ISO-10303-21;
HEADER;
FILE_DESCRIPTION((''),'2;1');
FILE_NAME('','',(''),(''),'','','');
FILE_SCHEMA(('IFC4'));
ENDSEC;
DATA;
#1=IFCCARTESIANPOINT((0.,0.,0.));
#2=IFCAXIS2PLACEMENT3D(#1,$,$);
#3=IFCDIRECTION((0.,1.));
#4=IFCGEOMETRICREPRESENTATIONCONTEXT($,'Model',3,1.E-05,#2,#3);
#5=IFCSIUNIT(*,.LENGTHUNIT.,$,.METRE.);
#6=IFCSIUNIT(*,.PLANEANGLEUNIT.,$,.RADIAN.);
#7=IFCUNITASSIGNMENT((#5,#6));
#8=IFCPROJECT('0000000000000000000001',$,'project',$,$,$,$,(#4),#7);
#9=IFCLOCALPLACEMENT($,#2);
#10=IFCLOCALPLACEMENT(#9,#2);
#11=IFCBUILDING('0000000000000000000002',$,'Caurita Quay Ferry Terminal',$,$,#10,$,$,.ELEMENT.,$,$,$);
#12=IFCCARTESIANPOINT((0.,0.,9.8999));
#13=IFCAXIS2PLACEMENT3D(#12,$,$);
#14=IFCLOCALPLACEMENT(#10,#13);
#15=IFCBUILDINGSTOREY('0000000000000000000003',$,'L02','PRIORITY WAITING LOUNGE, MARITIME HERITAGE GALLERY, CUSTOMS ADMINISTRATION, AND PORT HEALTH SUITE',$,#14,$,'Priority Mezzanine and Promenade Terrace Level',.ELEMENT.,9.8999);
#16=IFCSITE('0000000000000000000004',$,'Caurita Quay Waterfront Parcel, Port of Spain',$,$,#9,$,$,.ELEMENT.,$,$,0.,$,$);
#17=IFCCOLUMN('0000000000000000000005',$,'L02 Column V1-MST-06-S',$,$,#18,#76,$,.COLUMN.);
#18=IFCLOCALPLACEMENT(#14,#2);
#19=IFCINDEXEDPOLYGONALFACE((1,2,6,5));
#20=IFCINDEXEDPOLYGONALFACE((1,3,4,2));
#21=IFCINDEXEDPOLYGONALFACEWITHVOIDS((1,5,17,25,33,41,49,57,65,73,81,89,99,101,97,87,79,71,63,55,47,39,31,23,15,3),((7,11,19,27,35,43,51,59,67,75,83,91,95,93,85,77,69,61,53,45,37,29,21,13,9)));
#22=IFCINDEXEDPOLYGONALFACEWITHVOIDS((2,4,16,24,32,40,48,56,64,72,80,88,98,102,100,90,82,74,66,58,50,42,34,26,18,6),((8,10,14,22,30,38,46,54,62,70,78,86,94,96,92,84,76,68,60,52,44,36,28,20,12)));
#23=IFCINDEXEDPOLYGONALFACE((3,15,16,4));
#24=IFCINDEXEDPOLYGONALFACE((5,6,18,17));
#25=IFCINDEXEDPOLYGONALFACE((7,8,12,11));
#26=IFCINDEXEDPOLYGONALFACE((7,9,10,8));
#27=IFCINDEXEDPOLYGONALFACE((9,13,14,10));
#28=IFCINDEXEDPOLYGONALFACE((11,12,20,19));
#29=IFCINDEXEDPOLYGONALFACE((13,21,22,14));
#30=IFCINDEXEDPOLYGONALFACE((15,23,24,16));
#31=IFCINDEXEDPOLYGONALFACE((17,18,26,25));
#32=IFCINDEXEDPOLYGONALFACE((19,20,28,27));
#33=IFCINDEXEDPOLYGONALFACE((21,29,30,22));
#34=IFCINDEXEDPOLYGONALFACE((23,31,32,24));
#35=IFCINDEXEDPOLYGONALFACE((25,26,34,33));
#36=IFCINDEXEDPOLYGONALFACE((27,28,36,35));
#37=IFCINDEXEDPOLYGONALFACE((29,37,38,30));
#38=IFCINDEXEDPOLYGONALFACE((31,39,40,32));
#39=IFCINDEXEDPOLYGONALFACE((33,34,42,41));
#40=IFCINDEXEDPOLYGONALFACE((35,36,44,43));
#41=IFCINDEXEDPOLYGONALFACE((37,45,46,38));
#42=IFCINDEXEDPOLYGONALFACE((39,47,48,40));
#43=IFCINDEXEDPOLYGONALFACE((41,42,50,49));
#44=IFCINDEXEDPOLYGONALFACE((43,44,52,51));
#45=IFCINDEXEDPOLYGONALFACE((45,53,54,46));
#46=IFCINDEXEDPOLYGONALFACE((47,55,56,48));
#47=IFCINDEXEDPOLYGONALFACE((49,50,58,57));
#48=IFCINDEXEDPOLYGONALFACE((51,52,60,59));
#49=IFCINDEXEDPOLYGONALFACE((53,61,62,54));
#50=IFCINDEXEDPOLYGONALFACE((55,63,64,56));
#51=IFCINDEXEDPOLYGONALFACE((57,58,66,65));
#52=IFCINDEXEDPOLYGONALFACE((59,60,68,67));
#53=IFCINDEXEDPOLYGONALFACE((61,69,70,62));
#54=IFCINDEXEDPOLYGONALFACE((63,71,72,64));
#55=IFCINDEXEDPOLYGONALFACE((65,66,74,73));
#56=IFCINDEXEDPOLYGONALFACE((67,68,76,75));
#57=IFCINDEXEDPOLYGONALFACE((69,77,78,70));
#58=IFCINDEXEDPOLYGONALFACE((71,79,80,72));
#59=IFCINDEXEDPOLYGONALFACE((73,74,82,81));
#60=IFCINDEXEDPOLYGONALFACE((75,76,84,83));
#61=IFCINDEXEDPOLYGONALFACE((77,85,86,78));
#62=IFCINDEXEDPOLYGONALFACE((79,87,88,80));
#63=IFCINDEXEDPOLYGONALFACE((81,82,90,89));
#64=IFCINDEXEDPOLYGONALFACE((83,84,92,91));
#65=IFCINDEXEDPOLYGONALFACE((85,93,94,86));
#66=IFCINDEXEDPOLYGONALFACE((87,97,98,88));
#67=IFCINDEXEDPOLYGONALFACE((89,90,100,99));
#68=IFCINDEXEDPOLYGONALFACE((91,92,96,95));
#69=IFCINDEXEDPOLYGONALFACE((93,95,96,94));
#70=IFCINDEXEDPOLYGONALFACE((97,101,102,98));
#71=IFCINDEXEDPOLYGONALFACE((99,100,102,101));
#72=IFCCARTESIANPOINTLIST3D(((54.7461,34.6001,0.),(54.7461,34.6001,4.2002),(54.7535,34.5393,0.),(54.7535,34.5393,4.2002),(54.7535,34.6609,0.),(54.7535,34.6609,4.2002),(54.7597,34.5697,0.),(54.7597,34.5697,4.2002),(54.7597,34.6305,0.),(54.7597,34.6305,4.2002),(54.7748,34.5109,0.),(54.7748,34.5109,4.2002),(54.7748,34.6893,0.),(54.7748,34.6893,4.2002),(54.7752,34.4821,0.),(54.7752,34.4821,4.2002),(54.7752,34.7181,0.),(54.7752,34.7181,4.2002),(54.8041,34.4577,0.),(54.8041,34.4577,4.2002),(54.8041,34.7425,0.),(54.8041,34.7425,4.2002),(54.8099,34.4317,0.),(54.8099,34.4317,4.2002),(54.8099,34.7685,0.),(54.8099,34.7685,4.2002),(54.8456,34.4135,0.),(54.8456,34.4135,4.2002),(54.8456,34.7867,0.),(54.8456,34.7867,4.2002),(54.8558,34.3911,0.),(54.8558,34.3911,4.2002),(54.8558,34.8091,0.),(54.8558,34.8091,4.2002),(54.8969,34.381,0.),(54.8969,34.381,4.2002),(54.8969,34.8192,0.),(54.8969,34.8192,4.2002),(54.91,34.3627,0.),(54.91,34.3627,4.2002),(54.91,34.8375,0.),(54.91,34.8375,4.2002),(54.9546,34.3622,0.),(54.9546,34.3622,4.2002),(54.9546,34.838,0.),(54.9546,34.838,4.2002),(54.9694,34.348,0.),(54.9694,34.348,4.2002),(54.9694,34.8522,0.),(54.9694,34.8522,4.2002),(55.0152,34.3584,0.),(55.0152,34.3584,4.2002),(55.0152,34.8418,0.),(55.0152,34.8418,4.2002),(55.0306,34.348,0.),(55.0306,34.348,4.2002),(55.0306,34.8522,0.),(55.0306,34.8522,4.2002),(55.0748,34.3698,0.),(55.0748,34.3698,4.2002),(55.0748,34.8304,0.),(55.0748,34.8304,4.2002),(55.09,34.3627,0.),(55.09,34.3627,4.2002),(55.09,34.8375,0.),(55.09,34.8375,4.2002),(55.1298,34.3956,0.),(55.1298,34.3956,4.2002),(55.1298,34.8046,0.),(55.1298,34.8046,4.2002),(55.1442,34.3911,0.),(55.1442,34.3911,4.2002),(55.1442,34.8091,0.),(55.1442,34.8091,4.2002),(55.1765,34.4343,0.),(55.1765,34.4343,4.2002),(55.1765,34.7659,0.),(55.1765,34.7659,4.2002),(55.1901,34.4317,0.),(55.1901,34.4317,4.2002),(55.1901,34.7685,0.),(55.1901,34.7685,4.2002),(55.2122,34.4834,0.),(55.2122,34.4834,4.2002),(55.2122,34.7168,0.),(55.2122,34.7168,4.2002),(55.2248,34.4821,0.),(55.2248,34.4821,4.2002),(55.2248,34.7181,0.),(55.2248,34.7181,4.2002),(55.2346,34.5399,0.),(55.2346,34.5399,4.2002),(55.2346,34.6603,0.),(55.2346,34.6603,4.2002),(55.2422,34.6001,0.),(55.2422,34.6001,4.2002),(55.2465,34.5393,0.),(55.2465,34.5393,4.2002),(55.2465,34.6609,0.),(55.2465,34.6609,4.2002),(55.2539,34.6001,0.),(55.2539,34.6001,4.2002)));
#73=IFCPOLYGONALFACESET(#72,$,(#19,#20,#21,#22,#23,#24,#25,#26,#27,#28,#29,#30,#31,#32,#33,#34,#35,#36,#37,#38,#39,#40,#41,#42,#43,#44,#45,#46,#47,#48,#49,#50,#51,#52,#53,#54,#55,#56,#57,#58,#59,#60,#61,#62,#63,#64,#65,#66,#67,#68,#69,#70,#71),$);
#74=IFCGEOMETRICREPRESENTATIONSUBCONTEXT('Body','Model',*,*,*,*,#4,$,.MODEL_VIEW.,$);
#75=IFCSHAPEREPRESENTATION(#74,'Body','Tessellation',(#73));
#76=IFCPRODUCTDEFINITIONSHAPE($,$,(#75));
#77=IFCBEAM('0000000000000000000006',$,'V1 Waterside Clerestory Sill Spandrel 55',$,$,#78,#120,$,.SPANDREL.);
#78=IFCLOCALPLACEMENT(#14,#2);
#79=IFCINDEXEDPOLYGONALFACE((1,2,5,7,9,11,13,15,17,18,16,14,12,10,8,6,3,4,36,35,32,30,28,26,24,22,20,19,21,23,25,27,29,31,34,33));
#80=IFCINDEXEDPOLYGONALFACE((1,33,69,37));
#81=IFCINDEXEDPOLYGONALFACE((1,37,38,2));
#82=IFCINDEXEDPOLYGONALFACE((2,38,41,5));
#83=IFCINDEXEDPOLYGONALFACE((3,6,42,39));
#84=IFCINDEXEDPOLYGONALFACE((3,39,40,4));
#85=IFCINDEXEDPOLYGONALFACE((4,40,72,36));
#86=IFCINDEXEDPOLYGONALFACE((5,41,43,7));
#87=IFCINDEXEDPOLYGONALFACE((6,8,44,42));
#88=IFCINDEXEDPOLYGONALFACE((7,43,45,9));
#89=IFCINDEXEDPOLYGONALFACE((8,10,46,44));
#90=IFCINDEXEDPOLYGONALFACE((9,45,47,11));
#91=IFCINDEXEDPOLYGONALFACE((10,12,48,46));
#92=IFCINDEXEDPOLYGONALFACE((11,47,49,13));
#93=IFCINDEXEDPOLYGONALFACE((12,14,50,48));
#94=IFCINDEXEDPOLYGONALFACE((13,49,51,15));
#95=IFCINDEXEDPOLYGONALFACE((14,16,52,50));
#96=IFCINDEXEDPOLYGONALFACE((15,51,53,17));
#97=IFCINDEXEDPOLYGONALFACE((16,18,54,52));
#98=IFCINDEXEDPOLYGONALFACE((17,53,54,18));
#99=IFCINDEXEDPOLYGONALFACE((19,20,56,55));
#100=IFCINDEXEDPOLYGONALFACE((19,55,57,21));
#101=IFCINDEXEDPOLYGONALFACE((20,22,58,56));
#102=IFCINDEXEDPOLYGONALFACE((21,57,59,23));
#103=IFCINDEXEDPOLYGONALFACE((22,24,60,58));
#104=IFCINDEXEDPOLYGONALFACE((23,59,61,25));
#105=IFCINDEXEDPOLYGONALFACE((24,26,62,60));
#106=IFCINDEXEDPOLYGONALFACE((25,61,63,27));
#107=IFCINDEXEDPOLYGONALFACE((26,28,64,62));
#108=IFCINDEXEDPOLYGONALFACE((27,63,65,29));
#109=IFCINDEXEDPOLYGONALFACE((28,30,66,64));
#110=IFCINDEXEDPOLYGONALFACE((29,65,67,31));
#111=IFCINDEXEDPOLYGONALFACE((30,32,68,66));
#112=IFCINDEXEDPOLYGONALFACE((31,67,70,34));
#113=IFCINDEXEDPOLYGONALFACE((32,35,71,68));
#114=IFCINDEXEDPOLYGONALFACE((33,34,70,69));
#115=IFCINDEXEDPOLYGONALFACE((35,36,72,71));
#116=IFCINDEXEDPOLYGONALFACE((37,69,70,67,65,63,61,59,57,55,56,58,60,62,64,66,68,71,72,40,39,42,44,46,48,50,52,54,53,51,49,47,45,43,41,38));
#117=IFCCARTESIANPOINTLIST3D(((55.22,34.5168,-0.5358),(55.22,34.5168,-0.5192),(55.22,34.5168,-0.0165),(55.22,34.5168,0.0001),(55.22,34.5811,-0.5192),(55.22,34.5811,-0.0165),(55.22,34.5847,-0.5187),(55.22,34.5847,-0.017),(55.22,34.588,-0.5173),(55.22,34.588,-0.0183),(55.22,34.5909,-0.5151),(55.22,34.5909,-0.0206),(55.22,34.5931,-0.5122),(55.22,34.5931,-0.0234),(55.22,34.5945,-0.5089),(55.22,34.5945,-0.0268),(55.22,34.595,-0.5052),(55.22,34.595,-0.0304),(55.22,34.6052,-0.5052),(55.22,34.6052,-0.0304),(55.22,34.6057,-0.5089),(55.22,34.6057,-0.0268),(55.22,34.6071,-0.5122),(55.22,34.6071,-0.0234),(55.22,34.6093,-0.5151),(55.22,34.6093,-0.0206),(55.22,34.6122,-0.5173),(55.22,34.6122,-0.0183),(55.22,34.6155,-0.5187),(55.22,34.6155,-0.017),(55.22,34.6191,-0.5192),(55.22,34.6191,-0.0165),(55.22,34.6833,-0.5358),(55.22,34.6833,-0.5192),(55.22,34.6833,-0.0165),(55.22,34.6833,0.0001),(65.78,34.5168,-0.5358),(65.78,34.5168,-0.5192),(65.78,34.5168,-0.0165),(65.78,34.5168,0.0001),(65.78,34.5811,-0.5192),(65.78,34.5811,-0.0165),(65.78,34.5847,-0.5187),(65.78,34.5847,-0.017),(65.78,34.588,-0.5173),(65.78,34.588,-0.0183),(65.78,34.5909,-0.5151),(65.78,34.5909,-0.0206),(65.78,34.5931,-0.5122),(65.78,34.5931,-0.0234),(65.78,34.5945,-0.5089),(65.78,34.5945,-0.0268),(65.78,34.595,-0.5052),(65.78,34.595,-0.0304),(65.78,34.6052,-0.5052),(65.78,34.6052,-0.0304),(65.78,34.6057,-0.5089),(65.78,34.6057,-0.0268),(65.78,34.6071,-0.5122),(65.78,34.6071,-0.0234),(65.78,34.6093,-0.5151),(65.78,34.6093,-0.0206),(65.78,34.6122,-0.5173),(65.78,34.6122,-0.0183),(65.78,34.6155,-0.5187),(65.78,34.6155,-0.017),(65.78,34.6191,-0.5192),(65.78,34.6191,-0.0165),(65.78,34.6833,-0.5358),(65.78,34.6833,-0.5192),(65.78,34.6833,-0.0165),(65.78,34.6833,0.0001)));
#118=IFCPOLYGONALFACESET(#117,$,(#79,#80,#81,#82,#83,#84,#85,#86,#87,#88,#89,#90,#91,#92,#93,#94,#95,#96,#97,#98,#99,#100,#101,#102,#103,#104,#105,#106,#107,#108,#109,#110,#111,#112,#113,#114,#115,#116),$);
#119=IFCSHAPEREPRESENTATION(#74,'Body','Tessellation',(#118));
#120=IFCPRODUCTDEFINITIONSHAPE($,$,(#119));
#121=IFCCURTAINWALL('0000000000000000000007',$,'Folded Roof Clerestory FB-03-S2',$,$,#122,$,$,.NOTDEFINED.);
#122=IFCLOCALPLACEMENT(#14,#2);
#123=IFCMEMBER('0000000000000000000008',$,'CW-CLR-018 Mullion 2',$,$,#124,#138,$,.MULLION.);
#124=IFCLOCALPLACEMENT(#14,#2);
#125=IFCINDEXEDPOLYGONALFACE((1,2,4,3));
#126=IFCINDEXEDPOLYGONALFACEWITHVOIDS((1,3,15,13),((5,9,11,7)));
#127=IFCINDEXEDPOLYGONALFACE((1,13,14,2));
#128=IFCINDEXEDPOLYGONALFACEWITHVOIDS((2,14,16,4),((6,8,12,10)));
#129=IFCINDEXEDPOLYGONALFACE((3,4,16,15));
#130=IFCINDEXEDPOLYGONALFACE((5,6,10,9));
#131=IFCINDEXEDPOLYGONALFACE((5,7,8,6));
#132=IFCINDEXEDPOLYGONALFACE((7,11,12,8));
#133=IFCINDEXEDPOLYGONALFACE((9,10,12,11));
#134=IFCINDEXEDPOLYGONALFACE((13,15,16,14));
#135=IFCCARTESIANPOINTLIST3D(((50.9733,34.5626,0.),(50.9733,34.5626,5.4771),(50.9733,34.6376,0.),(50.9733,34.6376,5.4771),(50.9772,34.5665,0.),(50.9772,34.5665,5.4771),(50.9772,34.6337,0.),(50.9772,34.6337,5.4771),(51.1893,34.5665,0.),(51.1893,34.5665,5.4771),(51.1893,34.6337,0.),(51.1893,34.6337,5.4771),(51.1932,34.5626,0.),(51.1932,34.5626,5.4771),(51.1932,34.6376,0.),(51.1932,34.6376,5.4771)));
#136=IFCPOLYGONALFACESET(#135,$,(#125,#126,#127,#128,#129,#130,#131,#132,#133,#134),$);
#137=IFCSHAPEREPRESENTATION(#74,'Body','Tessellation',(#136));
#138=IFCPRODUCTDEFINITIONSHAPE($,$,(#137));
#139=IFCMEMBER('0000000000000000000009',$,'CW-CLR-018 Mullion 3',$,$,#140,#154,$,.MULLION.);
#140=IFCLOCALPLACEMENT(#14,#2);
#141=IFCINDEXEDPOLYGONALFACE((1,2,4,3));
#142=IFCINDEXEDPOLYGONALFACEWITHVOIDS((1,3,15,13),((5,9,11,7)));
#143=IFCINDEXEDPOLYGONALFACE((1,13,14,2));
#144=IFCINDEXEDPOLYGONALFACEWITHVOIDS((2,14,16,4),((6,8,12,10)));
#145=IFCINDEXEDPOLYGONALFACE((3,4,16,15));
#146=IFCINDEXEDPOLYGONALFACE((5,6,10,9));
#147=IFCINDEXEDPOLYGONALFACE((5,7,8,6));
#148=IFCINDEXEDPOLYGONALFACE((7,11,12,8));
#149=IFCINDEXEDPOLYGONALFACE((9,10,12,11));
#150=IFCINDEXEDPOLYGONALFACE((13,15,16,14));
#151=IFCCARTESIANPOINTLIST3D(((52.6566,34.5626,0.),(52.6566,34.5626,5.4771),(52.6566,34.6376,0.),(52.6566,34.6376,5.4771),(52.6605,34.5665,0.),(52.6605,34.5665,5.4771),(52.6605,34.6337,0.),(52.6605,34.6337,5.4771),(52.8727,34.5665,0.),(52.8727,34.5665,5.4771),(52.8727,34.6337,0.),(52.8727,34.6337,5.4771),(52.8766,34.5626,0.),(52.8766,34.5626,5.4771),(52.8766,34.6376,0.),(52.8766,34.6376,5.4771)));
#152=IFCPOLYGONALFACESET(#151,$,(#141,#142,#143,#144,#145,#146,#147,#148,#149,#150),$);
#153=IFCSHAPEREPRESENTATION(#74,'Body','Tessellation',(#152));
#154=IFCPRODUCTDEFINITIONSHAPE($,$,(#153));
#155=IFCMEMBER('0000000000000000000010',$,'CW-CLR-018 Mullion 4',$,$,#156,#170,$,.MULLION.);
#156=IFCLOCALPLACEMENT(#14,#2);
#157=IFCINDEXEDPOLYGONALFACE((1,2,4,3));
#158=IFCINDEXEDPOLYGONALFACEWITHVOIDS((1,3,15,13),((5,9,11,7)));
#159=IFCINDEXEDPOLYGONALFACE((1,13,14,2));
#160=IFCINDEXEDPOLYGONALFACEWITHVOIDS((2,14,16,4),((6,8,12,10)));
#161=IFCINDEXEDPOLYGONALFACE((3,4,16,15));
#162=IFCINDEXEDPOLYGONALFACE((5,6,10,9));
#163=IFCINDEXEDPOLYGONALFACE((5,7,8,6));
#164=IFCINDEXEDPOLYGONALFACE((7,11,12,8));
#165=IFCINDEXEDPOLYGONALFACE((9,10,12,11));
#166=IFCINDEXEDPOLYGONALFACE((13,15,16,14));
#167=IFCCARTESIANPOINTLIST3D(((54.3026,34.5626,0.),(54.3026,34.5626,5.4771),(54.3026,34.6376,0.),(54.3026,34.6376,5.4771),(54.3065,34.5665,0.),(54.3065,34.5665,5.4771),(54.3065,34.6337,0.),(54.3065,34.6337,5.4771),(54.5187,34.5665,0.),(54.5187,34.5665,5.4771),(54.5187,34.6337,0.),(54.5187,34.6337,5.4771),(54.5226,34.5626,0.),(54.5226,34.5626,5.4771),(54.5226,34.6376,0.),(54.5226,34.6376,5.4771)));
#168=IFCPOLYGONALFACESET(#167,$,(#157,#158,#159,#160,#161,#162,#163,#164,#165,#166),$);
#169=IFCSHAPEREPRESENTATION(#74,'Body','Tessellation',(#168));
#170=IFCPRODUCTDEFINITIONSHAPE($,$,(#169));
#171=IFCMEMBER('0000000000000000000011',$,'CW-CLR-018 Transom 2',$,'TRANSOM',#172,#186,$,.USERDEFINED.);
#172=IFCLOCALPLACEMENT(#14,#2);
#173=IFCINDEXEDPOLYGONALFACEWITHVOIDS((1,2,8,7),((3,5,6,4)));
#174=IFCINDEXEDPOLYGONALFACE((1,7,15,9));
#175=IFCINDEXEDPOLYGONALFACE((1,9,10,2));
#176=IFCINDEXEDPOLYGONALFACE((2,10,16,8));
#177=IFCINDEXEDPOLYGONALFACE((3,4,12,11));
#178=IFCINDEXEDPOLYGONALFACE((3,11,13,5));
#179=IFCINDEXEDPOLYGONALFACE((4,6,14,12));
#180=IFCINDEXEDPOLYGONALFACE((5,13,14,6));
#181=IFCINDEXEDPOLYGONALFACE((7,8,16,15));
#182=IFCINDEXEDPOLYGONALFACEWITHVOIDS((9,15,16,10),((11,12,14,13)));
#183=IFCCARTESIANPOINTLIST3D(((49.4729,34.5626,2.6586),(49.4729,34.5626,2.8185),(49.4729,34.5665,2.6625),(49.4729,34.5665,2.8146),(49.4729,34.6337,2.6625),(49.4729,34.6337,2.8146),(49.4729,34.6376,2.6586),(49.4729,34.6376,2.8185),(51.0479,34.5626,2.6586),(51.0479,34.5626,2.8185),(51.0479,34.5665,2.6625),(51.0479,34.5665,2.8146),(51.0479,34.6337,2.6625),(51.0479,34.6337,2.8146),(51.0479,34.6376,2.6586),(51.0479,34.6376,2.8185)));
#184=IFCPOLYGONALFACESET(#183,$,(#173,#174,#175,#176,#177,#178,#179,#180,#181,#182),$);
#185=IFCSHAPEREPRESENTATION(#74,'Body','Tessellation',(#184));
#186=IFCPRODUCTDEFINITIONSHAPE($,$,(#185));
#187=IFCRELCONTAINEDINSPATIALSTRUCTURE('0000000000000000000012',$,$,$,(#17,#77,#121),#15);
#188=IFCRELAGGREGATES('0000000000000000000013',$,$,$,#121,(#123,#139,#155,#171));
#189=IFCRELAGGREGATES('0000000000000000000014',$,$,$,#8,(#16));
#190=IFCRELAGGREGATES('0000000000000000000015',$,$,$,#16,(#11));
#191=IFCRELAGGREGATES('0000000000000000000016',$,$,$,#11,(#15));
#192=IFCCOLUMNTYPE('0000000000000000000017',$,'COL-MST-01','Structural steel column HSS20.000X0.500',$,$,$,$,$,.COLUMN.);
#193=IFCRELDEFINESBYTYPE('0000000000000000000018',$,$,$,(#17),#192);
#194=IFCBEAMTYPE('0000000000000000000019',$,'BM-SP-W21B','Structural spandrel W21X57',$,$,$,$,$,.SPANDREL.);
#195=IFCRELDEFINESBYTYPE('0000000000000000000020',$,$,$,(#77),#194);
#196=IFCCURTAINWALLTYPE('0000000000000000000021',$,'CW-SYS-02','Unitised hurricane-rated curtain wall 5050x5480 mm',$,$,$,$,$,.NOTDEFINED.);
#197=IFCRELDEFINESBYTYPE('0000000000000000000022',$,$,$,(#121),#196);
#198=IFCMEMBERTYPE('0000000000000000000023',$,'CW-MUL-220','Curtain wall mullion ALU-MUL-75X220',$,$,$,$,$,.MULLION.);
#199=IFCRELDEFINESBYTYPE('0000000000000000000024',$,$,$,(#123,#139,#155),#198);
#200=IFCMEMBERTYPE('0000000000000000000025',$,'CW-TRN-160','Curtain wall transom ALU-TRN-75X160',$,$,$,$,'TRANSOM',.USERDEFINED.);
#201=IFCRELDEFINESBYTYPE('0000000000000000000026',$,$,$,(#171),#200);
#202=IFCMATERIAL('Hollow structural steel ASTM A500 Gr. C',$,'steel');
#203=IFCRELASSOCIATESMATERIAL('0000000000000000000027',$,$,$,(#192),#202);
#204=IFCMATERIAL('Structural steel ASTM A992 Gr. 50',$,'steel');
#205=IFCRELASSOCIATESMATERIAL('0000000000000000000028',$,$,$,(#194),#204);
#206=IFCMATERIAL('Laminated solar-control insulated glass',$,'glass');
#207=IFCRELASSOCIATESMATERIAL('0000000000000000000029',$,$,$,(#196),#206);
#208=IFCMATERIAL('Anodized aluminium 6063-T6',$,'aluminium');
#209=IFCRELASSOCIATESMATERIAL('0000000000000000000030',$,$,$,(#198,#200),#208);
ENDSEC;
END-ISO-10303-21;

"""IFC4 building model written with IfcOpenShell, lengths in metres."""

from ifc_helpers import new_model, si_unit, direction, frame, origin, origin_2d, place, context, subcontext, project, spatial, hollow_rectangle, hollow_circle, i_section, extrude, material, material_profile, profile_set, type_object, element, aggregate, save


model = new_model("IFC4")

# Units and contexts
model_context = context("Model", 3, precision=1e-05, world=origin(), true_north=direction((0.0, 1.0)))
body_context = subcontext(model_context, "Body", "Model", "MODEL_VIEW")
ifc_project = project(units=[si_unit("LENGTHUNIT", "METRE"), si_unit("PLANEANGLEUNIT", "RADIAN")], contexts=[model_context])

# Site, building, storey
site_placement = place(None, origin())
site = spatial("IfcSite", under=ifc_project, at=site_placement, Name="Caurita Quay Waterfront Parcel, Port of Spain", CompositionType="ELEMENT", RefElevation=0.0)
building_placement = place(site_placement, origin())
building = spatial("IfcBuilding", under=site, at=building_placement, Name="Caurita Quay Ferry Terminal", CompositionType="ELEMENT")
storey_placement = place(building_placement, frame((0.0, 0.0, 9.8999)))
storey = spatial("IfcBuildingStorey", under=building, at=storey_placement, Name="L02", Description="PRIORITY WAITING LOUNGE, MARITIME HERITAGE GALLERY, CUSTOMS ADMINISTRATION, AND PORT HEALTH SUITE", LongName="Priority Mezzanine and Promenade Terrace Level", CompositionType="ELEMENT", Elevation=9.8999)

# Column
ifc_material_1 = material(Name="Hollow structural steel ASTM A500 Gr. C", Category="steel")
ifc_material_profile_1 = material_profile(ifc_material_1, hollow_circle(Radius=0.2539, WallThickness=0.0117, at=origin_2d()), Name="HSS20.000X0.500")
ifc_profile_set_1 = profile_set([ifc_material_profile_1], Name="Hollow structural steel ASTM A500 Gr. C")
column_type = type_object("IfcColumnType", Name="COL-MST-01", Description="Structural steel column HSS20.000X0.500", PredefinedType="COLUMN", material=ifc_profile_set_1)
column_placement = place(storey_placement, frame((55.0, 34.6001, 0.0), z_axis=(0.0, 0.0, 1.0), x_axis=(1.0, 0.0, 0.0)))
element("IfcColumn", 1, at=column_placement, inside=storey, type_object=column_type, Name="L02 Column V1-MST-06-S", PredefinedType="COLUMN", context=body_context, shape_type="SweptSolid", body=[
    extrude(hollow_circle(Radius=0.2539, WallThickness=0.0117, at=origin_2d()), origin(), (0.0, 0.0, 1.0), 4.2002),
])

# Beam
ifc_material_2 = material(Name="Structural steel ASTM A992 Gr. 50", Category="steel")
ifc_material_profile_2 = material_profile(ifc_material_2, i_section(OverallWidth=0.1665, OverallDepth=0.5359, WebThickness=0.0103, FlangeThickness=0.0166, FilletRadius=0.0139, at=origin_2d()), Name="W21X57")
ifc_profile_set_2 = profile_set([ifc_material_profile_2], Name="Structural steel ASTM A992 Gr. 50")
beam_type = type_object("IfcBeamType", Name="BM-SP-W21B", Description="Structural spandrel W21X57", PredefinedType="SPANDREL", material=ifc_profile_set_2)
beam_placement = place(storey_placement, frame((55.22, 34.6001, -0.2678), z_axis=(1.0, 0.0, 0.0), x_axis=(0.0, 1.0, 0.0)))
element("IfcBeam", 2, at=beam_placement, inside=storey, type_object=beam_type, Name="V1 Waterside Clerestory Sill Spandrel 55", PredefinedType="SPANDREL", context=body_context, shape_type="SweptSolid", body=[
    extrude(i_section(OverallWidth=0.1665, OverallDepth=0.5359, WebThickness=0.0103, FlangeThickness=0.0166, FilletRadius=0.0139, at=origin_2d()), origin(), (0.0, 0.0, 1.0), 10.5601),
])

# Curtain wall, members
ifc_material_3 = material(Name="Laminated solar-control insulated glass", Category="glass")
curtain_wall_type = type_object("IfcCurtainWallType", Name="CW-SYS-02", Description="Unitised hurricane-rated curtain wall 5050x5480 mm", PredefinedType="NOTDEFINED", material=ifc_material_3)
curtain_wall_placement = place(storey_placement, origin())
curtain_wall = element("IfcCurtainWall", 3, at=curtain_wall_placement, inside=storey, type_object=curtain_wall_type, Name="Folded Roof Clerestory FB-03-S2", PredefinedType="NOTDEFINED")
ifc_material_4 = material(Name="Anodized aluminium 6063-T6", Category="aluminium")
ifc_material_profile_3 = material_profile(ifc_material_4, hollow_rectangle(XDim=0.075, YDim=0.22, WallThickness=0.0039, at=origin_2d()), Name="ALU-MUL-75X220")
ifc_profile_set_3 = profile_set([ifc_material_profile_3], Name="Anodized aluminium 6063-T6")
member_type_1 = type_object("IfcMemberType", Name="CW-MUL-220", Description="Curtain wall mullion ALU-MUL-75X220", PredefinedType="MULLION", material=ifc_profile_set_3)
member_1_placement = place(storey_placement, frame((51.0833, 34.6001, 0.0), z_axis=(0.0, 0.0, 1.0), x_axis=(0.0, 1.0, 0.0)))
member_1 = element("IfcMember", 4, at=member_1_placement, type_object=member_type_1, Name="CW-CLR-018 Mullion 2", PredefinedType="MULLION", context=body_context, shape_type="SweptSolid", body=[
    extrude(hollow_rectangle(XDim=0.075, YDim=0.22, WallThickness=0.0039, at=origin_2d()), origin(), (0.0, 0.0, 1.0), 5.4771),
])
member_2_placement = place(storey_placement, frame((52.7666, 34.6001, 0.0), z_axis=(0.0, 0.0, 1.0), x_axis=(0.0, 1.0, 0.0)))
member_2 = element("IfcMember", 5, at=member_2_placement, type_object=member_type_1, Name="CW-CLR-018 Mullion 3", PredefinedType="MULLION", context=body_context, shape_type="SweptSolid", body=[
    extrude(hollow_rectangle(XDim=0.075, YDim=0.22, WallThickness=0.0039, at=origin_2d()), origin(), (0.0, 0.0, 1.0), 5.4771),
])
member_3_placement = place(storey_placement, frame((54.4126, 34.6001, 0.0), z_axis=(0.0, 0.0, 1.0), x_axis=(0.0, 1.0, 0.0)))
member_3 = element("IfcMember", 6, at=member_3_placement, type_object=member_type_1, Name="CW-CLR-018 Mullion 4", PredefinedType="MULLION", context=body_context, shape_type="SweptSolid", body=[
    extrude(hollow_rectangle(XDim=0.075, YDim=0.22, WallThickness=0.0039, at=origin_2d()), origin(), (0.0, 0.0, 1.0), 5.4771),
])
ifc_material_profile_4 = material_profile(ifc_material_4, hollow_rectangle(XDim=0.075, YDim=0.1599, WallThickness=0.0039, at=origin_2d()), Name="ALU-TRN-75X160")
ifc_profile_set_4 = profile_set([ifc_material_profile_4], Name="Anodized aluminium 6063-T6")
member_type_2 = type_object("IfcMemberType", Name="CW-TRN-160", Description="Curtain wall transom ALU-TRN-75X160", ElementType="TRANSOM", PredefinedType="USERDEFINED", material=ifc_profile_set_4)
member_4_placement = place(storey_placement, frame((49.4729, 34.6001, 2.7385), z_axis=(1.0, 0.0, 0.0), x_axis=(0.0, 1.0, 0.0)))
member_4 = element("IfcMember", 7, at=member_4_placement, type_object=member_type_2, Name="CW-CLR-018 Transom 2", ObjectType="TRANSOM", PredefinedType="USERDEFINED", context=body_context, shape_type="SweptSolid", body=[
    extrude(hollow_rectangle(XDim=0.075, YDim=0.1599, WallThickness=0.0039, at=origin_2d()), origin(), (0.0, 0.0, 1.0), 1.575),
])
aggregate(curtain_wall, [member_1, member_2, member_3, member_4])

save(model, "model.ifc")
